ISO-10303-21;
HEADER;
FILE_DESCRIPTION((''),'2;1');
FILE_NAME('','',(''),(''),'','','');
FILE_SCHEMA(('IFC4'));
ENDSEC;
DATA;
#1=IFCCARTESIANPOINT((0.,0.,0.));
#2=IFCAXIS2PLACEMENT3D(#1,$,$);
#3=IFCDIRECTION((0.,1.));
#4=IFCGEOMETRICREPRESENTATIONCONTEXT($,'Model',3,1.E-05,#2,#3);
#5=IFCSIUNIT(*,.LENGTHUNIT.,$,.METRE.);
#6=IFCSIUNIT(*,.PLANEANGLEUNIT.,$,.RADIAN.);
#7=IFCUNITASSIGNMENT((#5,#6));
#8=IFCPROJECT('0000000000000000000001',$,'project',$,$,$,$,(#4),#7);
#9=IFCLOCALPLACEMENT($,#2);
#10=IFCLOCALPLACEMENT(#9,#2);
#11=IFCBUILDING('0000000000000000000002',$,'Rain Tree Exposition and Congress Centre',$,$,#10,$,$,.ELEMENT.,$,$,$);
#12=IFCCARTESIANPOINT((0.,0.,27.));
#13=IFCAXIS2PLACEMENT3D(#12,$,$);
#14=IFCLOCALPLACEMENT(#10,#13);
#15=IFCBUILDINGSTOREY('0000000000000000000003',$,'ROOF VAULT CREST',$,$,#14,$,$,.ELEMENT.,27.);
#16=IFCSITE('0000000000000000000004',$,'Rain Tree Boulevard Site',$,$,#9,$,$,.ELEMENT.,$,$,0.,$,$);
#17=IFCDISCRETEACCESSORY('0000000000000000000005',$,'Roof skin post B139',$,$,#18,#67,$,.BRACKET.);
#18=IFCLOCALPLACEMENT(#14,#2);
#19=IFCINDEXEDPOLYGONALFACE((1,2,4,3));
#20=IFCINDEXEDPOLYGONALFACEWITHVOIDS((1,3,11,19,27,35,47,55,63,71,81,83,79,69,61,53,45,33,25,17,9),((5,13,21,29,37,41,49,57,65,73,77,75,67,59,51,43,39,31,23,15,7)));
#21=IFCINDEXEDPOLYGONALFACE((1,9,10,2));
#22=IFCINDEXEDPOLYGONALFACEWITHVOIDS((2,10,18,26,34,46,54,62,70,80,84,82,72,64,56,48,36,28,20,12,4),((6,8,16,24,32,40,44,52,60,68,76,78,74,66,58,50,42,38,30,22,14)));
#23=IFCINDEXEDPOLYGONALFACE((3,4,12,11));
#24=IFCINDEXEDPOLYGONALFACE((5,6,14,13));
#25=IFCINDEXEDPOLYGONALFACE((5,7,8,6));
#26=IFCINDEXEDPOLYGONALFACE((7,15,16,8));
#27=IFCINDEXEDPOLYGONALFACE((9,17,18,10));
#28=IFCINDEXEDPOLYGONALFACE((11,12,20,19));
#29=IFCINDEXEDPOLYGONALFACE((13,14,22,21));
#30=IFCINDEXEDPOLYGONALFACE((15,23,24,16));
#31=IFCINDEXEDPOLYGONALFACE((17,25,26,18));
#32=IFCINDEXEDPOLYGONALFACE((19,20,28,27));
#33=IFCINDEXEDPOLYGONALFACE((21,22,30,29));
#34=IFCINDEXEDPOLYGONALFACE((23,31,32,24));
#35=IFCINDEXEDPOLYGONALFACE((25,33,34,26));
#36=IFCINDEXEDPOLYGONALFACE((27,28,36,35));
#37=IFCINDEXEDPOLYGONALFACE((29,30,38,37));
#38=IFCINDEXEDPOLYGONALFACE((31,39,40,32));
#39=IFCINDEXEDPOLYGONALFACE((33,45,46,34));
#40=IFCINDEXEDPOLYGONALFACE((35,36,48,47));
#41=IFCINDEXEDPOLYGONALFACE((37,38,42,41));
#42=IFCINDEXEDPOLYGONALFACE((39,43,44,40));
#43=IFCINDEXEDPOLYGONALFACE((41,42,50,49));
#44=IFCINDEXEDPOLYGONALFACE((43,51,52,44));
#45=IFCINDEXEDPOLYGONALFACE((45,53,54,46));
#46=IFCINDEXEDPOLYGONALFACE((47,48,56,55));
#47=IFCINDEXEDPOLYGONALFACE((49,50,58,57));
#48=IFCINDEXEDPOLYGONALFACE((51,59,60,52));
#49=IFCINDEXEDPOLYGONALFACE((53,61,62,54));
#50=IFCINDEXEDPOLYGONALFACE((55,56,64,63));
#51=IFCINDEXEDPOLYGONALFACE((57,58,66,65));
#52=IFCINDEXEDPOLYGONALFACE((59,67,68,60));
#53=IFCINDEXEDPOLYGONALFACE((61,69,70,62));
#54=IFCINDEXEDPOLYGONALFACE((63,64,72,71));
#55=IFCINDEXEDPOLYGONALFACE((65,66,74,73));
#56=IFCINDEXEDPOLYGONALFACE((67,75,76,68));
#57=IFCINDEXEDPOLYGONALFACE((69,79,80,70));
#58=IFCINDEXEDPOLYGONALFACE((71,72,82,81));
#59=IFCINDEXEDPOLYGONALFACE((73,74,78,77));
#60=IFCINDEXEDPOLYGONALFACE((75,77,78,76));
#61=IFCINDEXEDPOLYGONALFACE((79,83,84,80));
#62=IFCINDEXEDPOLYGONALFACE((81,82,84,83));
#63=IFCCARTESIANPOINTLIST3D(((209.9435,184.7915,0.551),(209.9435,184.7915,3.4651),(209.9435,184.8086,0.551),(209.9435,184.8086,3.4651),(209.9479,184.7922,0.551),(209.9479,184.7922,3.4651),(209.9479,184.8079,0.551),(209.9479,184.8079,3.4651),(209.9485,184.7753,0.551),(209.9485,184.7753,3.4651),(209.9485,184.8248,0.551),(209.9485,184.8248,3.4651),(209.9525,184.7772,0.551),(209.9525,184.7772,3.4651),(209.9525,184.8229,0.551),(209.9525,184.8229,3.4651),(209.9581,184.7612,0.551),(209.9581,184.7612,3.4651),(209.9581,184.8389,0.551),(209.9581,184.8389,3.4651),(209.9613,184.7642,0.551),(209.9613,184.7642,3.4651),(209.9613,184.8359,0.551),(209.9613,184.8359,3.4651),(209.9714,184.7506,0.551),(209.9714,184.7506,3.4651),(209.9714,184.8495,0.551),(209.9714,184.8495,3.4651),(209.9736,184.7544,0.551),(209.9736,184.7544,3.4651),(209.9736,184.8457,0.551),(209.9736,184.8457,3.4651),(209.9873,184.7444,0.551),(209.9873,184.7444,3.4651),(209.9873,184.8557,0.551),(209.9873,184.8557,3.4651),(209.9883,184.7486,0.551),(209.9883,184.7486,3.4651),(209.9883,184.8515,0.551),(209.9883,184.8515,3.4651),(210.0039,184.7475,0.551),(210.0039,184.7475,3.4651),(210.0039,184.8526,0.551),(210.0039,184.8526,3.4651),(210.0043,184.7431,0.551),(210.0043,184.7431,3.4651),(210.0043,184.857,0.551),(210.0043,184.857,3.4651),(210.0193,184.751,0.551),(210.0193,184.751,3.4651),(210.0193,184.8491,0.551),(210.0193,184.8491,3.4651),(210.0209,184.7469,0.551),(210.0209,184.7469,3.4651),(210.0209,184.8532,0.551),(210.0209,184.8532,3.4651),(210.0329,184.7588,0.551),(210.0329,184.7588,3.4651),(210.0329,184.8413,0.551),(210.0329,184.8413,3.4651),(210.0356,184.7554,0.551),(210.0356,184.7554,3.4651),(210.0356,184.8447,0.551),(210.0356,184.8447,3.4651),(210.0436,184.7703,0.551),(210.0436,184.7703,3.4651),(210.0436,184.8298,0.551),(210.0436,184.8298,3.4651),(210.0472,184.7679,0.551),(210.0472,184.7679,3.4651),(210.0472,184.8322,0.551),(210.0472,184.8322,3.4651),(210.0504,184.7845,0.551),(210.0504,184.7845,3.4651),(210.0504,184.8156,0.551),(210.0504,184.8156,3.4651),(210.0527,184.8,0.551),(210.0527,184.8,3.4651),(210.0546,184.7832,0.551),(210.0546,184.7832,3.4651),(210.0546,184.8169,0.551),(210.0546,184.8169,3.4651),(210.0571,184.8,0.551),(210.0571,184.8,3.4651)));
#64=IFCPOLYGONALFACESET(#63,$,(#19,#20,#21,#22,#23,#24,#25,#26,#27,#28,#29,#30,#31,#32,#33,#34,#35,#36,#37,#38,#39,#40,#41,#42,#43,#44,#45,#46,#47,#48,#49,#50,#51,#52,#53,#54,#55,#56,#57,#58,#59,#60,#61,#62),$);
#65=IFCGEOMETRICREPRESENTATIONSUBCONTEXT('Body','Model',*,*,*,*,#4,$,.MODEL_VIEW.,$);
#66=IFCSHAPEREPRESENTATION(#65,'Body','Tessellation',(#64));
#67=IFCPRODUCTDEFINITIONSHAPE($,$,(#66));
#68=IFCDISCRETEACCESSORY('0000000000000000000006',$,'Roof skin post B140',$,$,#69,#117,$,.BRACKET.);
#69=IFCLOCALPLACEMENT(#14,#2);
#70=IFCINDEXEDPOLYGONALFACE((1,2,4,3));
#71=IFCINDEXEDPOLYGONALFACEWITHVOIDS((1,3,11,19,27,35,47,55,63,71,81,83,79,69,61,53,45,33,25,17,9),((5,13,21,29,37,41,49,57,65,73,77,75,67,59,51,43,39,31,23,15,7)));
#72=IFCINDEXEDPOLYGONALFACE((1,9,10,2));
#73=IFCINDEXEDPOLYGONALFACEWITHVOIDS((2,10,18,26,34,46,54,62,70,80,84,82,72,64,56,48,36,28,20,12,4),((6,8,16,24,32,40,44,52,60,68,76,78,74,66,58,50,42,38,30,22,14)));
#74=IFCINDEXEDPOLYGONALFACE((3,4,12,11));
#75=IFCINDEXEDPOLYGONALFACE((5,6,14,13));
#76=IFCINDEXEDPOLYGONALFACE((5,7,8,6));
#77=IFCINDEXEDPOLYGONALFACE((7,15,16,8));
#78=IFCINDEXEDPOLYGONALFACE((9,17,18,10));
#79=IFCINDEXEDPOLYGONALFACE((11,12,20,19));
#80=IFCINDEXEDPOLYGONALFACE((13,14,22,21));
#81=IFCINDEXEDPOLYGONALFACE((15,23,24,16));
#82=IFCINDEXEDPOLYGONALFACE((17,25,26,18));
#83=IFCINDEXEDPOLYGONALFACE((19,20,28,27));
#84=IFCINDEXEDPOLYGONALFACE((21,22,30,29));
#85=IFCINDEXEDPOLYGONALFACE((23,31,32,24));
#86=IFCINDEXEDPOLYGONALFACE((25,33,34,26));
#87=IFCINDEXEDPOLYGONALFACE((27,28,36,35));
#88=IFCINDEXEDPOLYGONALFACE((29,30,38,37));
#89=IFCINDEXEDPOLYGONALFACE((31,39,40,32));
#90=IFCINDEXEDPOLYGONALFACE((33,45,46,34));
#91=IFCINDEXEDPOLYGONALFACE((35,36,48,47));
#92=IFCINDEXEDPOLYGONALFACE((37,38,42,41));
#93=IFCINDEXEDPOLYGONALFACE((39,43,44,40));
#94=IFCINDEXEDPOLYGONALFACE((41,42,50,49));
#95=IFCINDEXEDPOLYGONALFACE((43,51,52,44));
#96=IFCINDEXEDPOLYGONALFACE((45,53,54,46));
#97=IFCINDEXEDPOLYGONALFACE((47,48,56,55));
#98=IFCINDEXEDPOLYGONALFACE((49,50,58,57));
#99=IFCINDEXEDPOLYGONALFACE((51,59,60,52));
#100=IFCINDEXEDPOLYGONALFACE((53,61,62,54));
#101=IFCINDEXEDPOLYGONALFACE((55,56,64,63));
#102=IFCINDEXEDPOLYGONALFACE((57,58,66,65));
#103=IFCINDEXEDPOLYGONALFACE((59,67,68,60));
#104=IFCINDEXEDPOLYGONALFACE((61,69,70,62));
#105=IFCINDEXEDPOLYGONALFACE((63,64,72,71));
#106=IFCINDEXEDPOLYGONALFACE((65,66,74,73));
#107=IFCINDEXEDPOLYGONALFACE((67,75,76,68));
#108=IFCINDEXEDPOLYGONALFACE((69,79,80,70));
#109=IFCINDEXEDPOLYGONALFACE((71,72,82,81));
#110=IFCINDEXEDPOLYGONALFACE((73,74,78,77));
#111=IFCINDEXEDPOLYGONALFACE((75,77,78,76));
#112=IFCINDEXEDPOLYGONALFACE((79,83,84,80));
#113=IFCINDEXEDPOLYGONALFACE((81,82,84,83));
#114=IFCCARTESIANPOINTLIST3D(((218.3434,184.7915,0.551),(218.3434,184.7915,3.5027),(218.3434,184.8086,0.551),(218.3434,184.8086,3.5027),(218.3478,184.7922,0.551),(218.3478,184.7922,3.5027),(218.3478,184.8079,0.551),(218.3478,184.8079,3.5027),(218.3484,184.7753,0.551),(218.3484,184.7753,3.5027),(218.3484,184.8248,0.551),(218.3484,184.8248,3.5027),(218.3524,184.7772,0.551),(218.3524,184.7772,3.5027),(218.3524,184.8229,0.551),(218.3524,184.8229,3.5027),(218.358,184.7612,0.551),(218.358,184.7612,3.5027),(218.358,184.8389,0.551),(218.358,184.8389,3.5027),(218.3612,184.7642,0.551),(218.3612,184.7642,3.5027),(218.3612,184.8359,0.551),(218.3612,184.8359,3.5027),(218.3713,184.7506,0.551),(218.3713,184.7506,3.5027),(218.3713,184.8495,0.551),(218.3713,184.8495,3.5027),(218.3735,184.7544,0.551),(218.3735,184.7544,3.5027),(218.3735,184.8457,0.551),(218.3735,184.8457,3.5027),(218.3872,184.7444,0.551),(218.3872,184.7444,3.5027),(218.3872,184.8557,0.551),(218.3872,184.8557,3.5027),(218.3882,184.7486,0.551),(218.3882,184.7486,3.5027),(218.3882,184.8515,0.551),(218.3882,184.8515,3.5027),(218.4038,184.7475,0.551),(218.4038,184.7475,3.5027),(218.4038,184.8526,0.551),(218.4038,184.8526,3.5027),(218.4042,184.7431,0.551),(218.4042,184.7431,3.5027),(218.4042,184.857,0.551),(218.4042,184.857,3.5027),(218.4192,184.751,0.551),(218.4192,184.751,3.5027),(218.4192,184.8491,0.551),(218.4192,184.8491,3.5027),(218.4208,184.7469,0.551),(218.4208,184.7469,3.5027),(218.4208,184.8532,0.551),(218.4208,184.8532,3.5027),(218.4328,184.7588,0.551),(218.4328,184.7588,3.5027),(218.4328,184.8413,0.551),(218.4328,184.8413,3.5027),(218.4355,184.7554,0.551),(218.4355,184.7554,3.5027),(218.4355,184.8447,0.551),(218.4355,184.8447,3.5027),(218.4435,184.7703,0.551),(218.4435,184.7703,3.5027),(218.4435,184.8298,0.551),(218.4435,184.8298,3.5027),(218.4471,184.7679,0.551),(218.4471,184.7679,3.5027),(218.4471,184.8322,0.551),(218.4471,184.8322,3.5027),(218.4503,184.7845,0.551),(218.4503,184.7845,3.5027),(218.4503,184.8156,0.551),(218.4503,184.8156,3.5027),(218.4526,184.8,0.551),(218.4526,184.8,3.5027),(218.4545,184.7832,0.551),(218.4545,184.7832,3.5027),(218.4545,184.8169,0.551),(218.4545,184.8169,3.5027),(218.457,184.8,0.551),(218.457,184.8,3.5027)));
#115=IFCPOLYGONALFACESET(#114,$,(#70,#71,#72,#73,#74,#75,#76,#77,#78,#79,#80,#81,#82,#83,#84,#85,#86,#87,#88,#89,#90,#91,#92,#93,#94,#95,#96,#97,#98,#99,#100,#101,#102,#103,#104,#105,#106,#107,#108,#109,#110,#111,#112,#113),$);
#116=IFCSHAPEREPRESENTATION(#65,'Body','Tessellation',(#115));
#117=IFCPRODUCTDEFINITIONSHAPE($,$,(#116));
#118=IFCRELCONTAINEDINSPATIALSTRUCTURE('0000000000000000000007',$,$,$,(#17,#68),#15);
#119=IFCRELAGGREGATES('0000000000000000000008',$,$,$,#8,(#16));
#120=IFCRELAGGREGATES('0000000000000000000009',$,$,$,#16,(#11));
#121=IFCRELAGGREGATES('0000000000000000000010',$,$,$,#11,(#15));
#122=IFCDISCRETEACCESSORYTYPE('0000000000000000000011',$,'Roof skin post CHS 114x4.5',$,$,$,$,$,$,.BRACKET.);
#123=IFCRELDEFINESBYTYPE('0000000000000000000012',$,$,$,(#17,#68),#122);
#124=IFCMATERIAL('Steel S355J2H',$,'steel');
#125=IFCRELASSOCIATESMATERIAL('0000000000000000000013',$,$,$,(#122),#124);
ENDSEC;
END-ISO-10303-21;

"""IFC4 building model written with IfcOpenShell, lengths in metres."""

from ifc_helpers import new_model, si_unit, direction, frame, origin, origin_2d, place, context, subcontext, project, spatial, hollow_circle, extrude, material, material_profile, profile_set, type_object, element, save


model = new_model("IFC4")

# Units and contexts
model_context = context("Model", 3, precision=1e-05, world=origin(), true_north=direction((0.0, 1.0)))
body_context = subcontext(model_context, "Body", "Model", "MODEL_VIEW")
ifc_project = project(units=[si_unit("LENGTHUNIT", "METRE"), si_unit("PLANEANGLEUNIT", "RADIAN")], contexts=[model_context])

# Site, building, storey
site_placement = place(None, origin())
site = spatial("IfcSite", under=ifc_project, at=site_placement, Name="Rain Tree Boulevard Site", CompositionType="ELEMENT", RefElevation=0.0)
building_placement = place(site_placement, origin())
building = spatial("IfcBuilding", under=site, at=building_placement, Name="Rain Tree Exposition and Congress Centre", CompositionType="ELEMENT")
storey_placement = place(building_placement, frame((0.0, 0.0, 27.0)))
storey = spatial("IfcBuildingStorey", under=building, at=storey_placement, Name="ROOF VAULT CREST", CompositionType="ELEMENT", Elevation=27.0)

# Discrete accessories
ifc_material_1 = material(Name="Steel S355J2H", Category="steel")
ifc_material_profile_1 = material_profile(ifc_material_1, hollow_circle(Radius=0.0571, WallThickness=0.0044, at=origin_2d()), Name="CHS 114x4.5")
ifc_profile_set_1 = profile_set([ifc_material_profile_1], Name="Steel S355J2H")
discrete_accessory_type_1 = type_object("IfcDiscreteAccessoryType", Name="Roof skin post CHS 114x4.5", PredefinedType="BRACKET", material=ifc_profile_set_1)
discrete_accessory_1_placement = place(storey_placement, frame((210.0, 184.8, 0.551), z_axis=(0.0, 0.0, 1.0), x_axis=(1.0, 0.0, 0.0)))
element("IfcDiscreteAccessory", 1, at=discrete_accessory_1_placement, inside=storey, type_object=discrete_accessory_type_1, Name="Roof skin post B139", PredefinedType="BRACKET", context=body_context, shape_type="SweptSolid", body=[
    extrude(hollow_circle(Radius=0.0571, WallThickness=0.0044, at=origin_2d()), origin(), (0.0, 0.0, 1.0), 2.9141),
])
discrete_accessory_2_placement = place(storey_placement, frame((218.3999, 184.8, 0.551), z_axis=(0.0, 0.0, 1.0), x_axis=(1.0, 0.0, 0.0)))
element("IfcDiscreteAccessory", 2, at=discrete_accessory_2_placement, inside=storey, type_object=discrete_accessory_type_1, Name="Roof skin post B140", PredefinedType="BRACKET", context=body_context, shape_type="SweptSolid", body=[
    extrude(hollow_circle(Radius=0.0571, WallThickness=0.0044, at=origin_2d()), origin(), (0.0, 0.0, 1.0), 2.9517),
])

save(model, "model.ifc")
